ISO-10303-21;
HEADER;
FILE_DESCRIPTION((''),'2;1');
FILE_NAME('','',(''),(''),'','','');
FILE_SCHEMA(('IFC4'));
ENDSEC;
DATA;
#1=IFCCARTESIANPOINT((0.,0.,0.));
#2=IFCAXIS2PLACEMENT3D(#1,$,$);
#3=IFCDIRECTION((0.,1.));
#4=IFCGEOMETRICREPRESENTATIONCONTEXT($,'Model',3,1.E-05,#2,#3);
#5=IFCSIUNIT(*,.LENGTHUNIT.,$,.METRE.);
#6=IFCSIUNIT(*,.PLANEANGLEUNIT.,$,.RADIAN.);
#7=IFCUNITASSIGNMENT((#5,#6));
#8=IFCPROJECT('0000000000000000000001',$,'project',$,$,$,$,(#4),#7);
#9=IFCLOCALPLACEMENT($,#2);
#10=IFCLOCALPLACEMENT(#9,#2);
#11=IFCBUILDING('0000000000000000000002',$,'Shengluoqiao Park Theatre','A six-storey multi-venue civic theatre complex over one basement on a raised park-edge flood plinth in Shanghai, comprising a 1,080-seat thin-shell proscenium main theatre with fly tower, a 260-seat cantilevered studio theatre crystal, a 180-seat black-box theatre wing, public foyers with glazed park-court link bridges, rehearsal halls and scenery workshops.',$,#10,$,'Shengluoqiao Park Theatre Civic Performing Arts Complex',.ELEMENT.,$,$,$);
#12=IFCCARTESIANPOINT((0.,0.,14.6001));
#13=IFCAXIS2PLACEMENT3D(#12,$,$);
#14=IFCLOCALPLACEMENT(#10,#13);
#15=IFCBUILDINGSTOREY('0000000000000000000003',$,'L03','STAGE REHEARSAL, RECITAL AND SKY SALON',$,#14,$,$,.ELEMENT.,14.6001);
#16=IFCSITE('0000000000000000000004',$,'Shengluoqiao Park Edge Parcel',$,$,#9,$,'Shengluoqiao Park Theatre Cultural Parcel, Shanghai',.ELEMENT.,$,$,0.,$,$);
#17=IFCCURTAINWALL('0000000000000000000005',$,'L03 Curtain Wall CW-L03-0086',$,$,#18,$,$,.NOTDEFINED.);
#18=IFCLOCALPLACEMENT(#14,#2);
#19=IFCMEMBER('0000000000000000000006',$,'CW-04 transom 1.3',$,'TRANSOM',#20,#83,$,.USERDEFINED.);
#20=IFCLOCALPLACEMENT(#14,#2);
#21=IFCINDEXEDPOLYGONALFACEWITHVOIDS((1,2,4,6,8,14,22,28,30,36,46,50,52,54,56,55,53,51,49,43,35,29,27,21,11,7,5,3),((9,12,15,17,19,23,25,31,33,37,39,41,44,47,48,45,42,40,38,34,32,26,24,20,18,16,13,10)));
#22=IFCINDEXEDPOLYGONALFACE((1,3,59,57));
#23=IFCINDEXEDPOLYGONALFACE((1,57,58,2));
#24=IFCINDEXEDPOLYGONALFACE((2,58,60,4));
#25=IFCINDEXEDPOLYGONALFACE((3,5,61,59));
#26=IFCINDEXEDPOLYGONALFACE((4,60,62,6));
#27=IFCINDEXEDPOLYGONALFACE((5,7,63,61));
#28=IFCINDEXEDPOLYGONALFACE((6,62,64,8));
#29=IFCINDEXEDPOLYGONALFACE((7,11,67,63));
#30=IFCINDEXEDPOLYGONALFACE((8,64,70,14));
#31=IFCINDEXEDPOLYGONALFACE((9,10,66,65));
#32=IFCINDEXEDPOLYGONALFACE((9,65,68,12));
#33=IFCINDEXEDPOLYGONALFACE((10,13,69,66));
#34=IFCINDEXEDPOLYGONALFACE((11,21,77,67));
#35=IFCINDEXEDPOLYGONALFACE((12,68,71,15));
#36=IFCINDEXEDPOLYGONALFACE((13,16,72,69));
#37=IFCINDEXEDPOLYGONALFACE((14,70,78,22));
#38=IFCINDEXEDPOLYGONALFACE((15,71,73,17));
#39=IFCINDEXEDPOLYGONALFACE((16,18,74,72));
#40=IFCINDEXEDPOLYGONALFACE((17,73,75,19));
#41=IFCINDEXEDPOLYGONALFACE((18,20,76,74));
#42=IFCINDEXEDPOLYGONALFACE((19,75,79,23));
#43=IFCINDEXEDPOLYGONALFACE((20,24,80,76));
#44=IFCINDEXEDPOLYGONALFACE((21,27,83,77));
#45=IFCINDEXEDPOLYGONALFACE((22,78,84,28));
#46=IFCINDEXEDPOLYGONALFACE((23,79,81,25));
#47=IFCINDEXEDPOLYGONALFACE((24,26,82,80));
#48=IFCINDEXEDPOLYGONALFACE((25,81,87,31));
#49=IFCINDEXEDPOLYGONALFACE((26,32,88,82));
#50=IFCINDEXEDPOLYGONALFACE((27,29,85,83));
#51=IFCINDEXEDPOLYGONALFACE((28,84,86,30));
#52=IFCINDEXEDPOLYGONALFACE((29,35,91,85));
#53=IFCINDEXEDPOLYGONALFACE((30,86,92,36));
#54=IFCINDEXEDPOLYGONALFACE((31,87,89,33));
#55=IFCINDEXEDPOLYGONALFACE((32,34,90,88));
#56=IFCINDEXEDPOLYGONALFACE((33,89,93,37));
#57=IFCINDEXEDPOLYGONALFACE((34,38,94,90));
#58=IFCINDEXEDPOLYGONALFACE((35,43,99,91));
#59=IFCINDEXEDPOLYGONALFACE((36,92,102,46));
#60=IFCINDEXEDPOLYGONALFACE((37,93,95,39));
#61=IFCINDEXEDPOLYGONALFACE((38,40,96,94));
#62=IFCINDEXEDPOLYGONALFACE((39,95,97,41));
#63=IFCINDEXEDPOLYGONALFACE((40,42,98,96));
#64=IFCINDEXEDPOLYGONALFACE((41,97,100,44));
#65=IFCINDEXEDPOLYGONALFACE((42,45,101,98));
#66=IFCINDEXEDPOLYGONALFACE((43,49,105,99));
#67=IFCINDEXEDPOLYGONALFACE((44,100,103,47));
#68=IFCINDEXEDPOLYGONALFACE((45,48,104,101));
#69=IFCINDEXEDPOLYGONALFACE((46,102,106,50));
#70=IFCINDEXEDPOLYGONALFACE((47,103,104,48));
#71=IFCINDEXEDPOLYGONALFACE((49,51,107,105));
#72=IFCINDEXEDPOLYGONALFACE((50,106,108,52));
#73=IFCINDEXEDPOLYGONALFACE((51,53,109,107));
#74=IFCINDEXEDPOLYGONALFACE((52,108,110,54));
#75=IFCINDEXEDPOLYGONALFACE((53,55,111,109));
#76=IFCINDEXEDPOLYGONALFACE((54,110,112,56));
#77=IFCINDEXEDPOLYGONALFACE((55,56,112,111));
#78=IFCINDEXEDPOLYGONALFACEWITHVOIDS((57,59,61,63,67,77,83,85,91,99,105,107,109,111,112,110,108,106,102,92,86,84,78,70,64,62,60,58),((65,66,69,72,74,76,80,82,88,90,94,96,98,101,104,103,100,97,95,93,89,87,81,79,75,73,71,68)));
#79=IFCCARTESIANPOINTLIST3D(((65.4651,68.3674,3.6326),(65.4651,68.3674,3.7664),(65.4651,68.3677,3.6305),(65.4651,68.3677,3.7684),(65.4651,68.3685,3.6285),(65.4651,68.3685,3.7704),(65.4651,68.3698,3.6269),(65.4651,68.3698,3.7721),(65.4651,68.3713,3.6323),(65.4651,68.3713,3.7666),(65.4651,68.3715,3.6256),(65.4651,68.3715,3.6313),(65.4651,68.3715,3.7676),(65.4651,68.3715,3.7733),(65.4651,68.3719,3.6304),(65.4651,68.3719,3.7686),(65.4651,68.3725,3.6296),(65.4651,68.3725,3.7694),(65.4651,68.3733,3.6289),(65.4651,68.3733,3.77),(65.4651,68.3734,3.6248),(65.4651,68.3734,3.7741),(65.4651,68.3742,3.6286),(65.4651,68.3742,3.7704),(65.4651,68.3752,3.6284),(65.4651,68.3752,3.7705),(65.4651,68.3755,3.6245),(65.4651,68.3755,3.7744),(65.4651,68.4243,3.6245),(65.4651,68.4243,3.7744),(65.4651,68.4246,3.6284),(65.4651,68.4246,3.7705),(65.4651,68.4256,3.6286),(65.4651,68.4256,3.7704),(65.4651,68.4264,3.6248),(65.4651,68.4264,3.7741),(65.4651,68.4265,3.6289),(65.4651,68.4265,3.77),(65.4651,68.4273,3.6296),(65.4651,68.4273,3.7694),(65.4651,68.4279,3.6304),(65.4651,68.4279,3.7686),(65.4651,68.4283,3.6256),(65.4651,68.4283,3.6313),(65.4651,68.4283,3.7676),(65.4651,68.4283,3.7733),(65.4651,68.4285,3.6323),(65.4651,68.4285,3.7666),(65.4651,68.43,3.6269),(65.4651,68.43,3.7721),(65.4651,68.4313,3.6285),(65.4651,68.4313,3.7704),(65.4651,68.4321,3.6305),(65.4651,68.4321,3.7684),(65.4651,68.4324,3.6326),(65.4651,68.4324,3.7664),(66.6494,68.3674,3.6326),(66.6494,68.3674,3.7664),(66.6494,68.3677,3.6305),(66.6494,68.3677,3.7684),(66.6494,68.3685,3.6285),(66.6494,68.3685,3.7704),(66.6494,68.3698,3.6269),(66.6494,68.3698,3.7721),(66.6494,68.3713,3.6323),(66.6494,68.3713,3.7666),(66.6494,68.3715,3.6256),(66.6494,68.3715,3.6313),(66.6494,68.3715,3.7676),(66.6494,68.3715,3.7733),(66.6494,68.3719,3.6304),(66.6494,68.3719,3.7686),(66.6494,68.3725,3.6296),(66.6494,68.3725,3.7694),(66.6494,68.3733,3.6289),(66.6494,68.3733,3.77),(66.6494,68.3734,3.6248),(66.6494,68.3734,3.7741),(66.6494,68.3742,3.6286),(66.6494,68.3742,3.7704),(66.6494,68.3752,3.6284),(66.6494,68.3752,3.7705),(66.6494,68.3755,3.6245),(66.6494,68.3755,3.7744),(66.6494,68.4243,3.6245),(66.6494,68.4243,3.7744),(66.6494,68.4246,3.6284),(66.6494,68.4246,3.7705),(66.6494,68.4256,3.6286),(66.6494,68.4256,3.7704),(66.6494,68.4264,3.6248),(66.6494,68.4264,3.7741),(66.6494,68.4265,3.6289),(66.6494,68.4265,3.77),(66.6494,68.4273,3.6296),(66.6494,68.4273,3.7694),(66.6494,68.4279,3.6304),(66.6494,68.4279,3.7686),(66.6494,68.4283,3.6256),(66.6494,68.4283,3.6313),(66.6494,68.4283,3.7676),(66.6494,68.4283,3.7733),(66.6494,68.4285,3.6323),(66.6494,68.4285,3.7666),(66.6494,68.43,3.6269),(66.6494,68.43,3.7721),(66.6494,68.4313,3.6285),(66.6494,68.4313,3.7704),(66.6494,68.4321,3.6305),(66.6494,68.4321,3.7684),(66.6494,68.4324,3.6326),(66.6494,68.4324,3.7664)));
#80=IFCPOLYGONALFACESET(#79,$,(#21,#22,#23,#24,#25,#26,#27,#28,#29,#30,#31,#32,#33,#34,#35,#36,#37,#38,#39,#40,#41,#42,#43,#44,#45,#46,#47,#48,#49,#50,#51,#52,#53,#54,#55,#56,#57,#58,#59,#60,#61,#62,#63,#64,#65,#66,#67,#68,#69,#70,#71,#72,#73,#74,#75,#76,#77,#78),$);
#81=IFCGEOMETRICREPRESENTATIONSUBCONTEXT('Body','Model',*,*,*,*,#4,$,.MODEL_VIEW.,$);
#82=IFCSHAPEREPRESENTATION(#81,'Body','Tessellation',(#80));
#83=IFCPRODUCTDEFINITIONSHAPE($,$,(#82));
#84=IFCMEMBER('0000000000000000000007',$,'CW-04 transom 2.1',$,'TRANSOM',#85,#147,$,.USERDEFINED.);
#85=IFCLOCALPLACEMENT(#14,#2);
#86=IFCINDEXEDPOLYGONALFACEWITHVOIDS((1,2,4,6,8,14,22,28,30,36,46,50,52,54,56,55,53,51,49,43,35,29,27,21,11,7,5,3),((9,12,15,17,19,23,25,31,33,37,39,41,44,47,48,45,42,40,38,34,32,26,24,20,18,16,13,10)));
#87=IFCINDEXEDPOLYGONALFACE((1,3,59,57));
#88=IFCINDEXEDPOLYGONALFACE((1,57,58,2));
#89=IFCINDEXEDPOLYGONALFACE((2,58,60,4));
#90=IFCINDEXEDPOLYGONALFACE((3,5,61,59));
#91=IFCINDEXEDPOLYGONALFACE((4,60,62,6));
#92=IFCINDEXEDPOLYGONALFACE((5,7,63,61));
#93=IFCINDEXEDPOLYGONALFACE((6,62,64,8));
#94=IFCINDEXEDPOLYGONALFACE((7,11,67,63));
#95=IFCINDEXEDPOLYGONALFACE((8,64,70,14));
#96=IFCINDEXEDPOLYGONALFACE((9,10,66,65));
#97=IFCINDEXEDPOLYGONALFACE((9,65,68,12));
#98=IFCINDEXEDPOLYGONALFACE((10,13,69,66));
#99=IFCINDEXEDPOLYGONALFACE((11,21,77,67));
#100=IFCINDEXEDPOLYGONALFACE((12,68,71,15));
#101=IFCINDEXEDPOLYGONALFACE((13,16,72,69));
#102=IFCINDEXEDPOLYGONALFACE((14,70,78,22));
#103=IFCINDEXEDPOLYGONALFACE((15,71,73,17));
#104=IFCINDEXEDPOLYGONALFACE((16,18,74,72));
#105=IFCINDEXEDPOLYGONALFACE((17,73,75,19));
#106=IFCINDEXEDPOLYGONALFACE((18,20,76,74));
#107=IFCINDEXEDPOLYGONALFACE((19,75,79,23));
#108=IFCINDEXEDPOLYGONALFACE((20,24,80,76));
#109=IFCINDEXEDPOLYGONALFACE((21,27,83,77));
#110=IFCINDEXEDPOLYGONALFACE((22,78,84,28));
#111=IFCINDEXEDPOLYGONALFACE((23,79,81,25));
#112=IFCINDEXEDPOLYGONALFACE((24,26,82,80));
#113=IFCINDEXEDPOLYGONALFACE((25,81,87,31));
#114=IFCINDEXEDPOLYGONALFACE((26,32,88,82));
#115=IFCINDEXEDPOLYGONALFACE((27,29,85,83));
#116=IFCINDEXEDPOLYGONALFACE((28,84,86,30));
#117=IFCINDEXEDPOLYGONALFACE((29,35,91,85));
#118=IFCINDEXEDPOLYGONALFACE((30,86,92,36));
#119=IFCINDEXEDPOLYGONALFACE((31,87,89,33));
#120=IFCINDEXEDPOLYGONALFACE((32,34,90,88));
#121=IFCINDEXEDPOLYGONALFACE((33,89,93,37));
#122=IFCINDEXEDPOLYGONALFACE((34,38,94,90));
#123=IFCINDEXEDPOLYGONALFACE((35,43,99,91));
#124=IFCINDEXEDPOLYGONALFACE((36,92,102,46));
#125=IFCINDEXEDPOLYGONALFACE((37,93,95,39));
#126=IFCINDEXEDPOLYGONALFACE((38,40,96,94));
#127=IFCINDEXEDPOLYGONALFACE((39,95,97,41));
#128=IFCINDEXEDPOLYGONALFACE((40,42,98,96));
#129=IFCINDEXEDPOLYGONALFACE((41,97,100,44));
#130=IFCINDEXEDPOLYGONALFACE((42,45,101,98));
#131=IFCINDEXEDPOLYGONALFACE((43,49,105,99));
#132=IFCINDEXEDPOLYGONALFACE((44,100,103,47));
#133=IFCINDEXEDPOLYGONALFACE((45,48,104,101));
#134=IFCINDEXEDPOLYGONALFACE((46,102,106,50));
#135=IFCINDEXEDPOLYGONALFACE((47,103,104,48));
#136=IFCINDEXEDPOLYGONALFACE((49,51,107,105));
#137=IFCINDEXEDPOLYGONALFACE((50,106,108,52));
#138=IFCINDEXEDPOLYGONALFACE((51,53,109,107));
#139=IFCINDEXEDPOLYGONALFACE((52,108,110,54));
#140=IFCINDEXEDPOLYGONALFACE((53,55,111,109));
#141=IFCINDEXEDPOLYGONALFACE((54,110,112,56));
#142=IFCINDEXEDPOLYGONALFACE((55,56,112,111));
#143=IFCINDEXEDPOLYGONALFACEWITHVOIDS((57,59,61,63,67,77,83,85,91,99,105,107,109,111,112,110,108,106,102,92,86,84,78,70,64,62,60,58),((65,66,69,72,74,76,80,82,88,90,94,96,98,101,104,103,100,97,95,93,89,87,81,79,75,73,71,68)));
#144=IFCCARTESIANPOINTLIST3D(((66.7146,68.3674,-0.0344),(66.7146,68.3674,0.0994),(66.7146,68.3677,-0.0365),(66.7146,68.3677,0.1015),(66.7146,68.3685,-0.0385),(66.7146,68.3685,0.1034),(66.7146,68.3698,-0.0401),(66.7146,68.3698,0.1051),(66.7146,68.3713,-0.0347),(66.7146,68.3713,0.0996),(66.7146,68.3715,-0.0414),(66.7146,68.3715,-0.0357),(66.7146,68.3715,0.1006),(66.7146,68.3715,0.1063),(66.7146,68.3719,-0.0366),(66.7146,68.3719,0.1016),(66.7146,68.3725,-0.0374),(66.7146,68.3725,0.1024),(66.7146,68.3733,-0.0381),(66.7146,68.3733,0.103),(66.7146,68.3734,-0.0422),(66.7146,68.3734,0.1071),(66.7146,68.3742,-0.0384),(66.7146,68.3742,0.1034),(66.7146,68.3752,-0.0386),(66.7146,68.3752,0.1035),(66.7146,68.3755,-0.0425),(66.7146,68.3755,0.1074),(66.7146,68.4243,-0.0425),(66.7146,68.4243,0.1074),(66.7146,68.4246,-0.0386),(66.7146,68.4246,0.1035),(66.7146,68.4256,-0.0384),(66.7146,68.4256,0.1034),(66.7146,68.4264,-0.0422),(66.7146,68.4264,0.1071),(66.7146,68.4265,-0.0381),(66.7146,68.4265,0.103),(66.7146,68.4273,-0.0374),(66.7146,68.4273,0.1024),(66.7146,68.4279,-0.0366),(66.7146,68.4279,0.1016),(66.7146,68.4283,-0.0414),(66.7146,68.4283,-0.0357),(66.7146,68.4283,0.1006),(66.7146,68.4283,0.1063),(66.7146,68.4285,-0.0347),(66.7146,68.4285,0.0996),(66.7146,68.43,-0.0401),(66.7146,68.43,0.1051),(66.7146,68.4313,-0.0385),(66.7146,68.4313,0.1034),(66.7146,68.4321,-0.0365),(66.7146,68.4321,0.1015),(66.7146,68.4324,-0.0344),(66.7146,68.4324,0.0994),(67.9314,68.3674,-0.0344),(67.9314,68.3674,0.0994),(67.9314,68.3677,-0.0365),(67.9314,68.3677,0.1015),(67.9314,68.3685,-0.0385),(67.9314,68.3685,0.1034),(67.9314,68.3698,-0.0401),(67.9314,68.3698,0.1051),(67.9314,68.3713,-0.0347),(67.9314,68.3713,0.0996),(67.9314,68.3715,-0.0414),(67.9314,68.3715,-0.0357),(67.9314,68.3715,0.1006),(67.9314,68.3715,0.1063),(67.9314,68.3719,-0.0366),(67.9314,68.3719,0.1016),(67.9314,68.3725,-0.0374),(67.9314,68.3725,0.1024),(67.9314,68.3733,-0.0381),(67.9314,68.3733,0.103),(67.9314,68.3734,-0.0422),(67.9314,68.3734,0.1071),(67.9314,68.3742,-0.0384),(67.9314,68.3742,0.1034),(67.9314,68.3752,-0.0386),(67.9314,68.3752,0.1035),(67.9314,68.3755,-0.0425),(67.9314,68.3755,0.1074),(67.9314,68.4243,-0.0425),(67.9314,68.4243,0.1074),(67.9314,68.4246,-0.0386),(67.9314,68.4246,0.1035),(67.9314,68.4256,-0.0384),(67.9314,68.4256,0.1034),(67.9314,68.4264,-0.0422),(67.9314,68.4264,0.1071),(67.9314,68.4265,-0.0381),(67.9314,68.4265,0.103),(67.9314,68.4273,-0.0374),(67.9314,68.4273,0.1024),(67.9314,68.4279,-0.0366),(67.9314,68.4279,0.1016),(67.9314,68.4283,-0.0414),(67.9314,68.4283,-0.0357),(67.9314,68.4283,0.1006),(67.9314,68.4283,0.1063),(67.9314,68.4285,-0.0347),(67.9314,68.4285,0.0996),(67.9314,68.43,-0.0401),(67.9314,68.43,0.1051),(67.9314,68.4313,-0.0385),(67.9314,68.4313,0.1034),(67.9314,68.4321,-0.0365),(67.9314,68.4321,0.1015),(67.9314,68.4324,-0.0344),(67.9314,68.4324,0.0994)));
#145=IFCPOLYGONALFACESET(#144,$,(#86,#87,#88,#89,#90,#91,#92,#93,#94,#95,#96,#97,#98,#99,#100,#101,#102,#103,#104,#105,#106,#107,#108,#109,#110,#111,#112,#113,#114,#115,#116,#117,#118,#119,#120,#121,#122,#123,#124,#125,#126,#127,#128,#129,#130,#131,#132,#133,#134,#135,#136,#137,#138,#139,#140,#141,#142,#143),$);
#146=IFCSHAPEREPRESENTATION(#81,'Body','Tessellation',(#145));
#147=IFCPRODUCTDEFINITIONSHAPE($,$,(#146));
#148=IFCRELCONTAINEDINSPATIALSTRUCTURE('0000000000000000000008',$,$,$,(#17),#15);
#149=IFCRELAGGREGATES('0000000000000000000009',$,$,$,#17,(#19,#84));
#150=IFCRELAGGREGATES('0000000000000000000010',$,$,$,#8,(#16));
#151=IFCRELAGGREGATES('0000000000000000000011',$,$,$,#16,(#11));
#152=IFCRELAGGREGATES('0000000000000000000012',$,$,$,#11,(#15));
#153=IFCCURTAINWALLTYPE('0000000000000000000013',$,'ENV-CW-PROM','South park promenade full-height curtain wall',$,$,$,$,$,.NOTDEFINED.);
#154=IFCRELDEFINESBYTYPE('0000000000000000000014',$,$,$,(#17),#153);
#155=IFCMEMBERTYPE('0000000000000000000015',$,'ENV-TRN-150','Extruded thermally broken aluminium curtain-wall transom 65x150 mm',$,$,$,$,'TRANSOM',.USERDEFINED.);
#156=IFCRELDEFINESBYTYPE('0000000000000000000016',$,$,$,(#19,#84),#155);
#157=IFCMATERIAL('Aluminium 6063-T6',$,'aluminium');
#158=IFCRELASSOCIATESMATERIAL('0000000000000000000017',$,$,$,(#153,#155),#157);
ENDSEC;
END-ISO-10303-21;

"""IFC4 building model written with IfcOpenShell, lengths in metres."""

from ifc_helpers import new_model, si_unit, direction, frame, origin, origin_2d, place, context, subcontext, project, spatial, hollow_rectangle, extrude, material, material_profile, profile_set, type_object, element, aggregate, save


model = new_model("IFC4")

# Units and contexts
model_context = context("Model", 3, precision=1e-05, world=origin(), true_north=direction((0.0, 1.0)))
body_context = subcontext(model_context, "Body", "Model", "MODEL_VIEW")
ifc_project = project(units=[si_unit("LENGTHUNIT", "METRE"), si_unit("PLANEANGLEUNIT", "RADIAN")], contexts=[model_context])

# Site, building, storey
site_placement = place(None, origin())
site = spatial("IfcSite", under=ifc_project, at=site_placement, Name="Shengluoqiao Park Edge Parcel", LongName="Shengluoqiao Park Theatre Cultural Parcel, Shanghai", CompositionType="ELEMENT", RefElevation=0.0)
building_placement = place(site_placement, origin())
building = spatial("IfcBuilding", under=site, at=building_placement, Name="Shengluoqiao Park Theatre", Description="A six-storey multi-venue civic theatre complex over one basement on a raised park-edge flood plinth in Shanghai, comprising a 1,080-seat thin-shell proscenium main theatre with fly tower, a 260-seat cantilevered studio theatre crystal, a 180-seat black-box theatre wing, public foyers with glazed park-court link bridges, rehearsal halls and scenery workshops.", LongName="Shengluoqiao Park Theatre Civic Performing Arts Complex", CompositionType="ELEMENT")
storey_placement = place(building_placement, frame((0.0, 0.0, 14.6001)))
storey = spatial("IfcBuildingStorey", under=building, at=storey_placement, Name="L03", Description="STAGE REHEARSAL, RECITAL AND SKY SALON", CompositionType="ELEMENT", Elevation=14.6001)

# Shared definitions
ifc_material_1 = material(Name="Aluminium 6063-T6", Category="aluminium")
curtain_wall_type = type_object("IfcCurtainWallType", Name="ENV-CW-PROM", Description="South park promenade full-height curtain wall", PredefinedType="NOTDEFINED", material=ifc_material_1)

# Curtain wall
curtain_wall_1_placement = place(storey_placement, origin())
curtain_wall_1 = element("IfcCurtainWall", 1, at=curtain_wall_1_placement, inside=storey, type_object=curtain_wall_type, Name="L03 Curtain Wall CW-L03-0086", PredefinedType="NOTDEFINED")

# Members
ifc_material_profile_1 = material_profile(ifc_material_1, hollow_rectangle(XDim=0.0649, YDim=0.1499, WallThickness=0.0039, InnerFilletRadius=0.0039, OuterFilletRadius=0.0081, at=origin_2d()), Name="ALU TRANSOM 150x65x4")
ifc_profile_set_1 = profile_set([ifc_material_profile_1], Name="Aluminium 6063-T6")
member_type_1 = type_object("IfcMemberType", Name="ENV-TRN-150", Description="Extruded thermally broken aluminium curtain-wall transom 65x150 mm", ElementType="TRANSOM", PredefinedType="USERDEFINED", material=ifc_profile_set_1)
member_1_placement = place(storey_placement, frame((65.4651, 68.3999, 3.6995), z_axis=(1.0, 0.0, 0.0), x_axis=(0.0, 1.0, 0.0)))
member_1 = element("IfcMember", 2, at=member_1_placement, type_object=member_type_1, Name="CW-04 transom 1.3", ObjectType="TRANSOM", PredefinedType="USERDEFINED", context=body_context, shape_type="SweptSolid", body=[
    extrude(hollow_rectangle(XDim=0.0649, YDim=0.1499, WallThickness=0.0039, InnerFilletRadius=0.0039, OuterFilletRadius=0.0081, at=origin_2d()), origin(), (0.0, 0.0, 1.0), 1.1843),
])
member_2_placement = place(storey_placement, frame((66.7146, 68.3999, 0.0325), z_axis=(1.0, 0.0, 0.0), x_axis=(0.0, 1.0, 0.0)))
member_2 = element("IfcMember", 3, at=member_2_placement, type_object=member_type_1, Name="CW-04 transom 2.1", ObjectType="TRANSOM", PredefinedType="USERDEFINED", context=body_context, shape_type="SweptSolid", body=[
    extrude(hollow_rectangle(XDim=0.0649, YDim=0.1499, WallThickness=0.0039, InnerFilletRadius=0.0039, OuterFilletRadius=0.0081, at=origin_2d()), origin(), (0.0, 0.0, 1.0), 1.2168),
])

aggregate(curtain_wall_1, [member_1, member_2])

save(model, "model.ifc")
